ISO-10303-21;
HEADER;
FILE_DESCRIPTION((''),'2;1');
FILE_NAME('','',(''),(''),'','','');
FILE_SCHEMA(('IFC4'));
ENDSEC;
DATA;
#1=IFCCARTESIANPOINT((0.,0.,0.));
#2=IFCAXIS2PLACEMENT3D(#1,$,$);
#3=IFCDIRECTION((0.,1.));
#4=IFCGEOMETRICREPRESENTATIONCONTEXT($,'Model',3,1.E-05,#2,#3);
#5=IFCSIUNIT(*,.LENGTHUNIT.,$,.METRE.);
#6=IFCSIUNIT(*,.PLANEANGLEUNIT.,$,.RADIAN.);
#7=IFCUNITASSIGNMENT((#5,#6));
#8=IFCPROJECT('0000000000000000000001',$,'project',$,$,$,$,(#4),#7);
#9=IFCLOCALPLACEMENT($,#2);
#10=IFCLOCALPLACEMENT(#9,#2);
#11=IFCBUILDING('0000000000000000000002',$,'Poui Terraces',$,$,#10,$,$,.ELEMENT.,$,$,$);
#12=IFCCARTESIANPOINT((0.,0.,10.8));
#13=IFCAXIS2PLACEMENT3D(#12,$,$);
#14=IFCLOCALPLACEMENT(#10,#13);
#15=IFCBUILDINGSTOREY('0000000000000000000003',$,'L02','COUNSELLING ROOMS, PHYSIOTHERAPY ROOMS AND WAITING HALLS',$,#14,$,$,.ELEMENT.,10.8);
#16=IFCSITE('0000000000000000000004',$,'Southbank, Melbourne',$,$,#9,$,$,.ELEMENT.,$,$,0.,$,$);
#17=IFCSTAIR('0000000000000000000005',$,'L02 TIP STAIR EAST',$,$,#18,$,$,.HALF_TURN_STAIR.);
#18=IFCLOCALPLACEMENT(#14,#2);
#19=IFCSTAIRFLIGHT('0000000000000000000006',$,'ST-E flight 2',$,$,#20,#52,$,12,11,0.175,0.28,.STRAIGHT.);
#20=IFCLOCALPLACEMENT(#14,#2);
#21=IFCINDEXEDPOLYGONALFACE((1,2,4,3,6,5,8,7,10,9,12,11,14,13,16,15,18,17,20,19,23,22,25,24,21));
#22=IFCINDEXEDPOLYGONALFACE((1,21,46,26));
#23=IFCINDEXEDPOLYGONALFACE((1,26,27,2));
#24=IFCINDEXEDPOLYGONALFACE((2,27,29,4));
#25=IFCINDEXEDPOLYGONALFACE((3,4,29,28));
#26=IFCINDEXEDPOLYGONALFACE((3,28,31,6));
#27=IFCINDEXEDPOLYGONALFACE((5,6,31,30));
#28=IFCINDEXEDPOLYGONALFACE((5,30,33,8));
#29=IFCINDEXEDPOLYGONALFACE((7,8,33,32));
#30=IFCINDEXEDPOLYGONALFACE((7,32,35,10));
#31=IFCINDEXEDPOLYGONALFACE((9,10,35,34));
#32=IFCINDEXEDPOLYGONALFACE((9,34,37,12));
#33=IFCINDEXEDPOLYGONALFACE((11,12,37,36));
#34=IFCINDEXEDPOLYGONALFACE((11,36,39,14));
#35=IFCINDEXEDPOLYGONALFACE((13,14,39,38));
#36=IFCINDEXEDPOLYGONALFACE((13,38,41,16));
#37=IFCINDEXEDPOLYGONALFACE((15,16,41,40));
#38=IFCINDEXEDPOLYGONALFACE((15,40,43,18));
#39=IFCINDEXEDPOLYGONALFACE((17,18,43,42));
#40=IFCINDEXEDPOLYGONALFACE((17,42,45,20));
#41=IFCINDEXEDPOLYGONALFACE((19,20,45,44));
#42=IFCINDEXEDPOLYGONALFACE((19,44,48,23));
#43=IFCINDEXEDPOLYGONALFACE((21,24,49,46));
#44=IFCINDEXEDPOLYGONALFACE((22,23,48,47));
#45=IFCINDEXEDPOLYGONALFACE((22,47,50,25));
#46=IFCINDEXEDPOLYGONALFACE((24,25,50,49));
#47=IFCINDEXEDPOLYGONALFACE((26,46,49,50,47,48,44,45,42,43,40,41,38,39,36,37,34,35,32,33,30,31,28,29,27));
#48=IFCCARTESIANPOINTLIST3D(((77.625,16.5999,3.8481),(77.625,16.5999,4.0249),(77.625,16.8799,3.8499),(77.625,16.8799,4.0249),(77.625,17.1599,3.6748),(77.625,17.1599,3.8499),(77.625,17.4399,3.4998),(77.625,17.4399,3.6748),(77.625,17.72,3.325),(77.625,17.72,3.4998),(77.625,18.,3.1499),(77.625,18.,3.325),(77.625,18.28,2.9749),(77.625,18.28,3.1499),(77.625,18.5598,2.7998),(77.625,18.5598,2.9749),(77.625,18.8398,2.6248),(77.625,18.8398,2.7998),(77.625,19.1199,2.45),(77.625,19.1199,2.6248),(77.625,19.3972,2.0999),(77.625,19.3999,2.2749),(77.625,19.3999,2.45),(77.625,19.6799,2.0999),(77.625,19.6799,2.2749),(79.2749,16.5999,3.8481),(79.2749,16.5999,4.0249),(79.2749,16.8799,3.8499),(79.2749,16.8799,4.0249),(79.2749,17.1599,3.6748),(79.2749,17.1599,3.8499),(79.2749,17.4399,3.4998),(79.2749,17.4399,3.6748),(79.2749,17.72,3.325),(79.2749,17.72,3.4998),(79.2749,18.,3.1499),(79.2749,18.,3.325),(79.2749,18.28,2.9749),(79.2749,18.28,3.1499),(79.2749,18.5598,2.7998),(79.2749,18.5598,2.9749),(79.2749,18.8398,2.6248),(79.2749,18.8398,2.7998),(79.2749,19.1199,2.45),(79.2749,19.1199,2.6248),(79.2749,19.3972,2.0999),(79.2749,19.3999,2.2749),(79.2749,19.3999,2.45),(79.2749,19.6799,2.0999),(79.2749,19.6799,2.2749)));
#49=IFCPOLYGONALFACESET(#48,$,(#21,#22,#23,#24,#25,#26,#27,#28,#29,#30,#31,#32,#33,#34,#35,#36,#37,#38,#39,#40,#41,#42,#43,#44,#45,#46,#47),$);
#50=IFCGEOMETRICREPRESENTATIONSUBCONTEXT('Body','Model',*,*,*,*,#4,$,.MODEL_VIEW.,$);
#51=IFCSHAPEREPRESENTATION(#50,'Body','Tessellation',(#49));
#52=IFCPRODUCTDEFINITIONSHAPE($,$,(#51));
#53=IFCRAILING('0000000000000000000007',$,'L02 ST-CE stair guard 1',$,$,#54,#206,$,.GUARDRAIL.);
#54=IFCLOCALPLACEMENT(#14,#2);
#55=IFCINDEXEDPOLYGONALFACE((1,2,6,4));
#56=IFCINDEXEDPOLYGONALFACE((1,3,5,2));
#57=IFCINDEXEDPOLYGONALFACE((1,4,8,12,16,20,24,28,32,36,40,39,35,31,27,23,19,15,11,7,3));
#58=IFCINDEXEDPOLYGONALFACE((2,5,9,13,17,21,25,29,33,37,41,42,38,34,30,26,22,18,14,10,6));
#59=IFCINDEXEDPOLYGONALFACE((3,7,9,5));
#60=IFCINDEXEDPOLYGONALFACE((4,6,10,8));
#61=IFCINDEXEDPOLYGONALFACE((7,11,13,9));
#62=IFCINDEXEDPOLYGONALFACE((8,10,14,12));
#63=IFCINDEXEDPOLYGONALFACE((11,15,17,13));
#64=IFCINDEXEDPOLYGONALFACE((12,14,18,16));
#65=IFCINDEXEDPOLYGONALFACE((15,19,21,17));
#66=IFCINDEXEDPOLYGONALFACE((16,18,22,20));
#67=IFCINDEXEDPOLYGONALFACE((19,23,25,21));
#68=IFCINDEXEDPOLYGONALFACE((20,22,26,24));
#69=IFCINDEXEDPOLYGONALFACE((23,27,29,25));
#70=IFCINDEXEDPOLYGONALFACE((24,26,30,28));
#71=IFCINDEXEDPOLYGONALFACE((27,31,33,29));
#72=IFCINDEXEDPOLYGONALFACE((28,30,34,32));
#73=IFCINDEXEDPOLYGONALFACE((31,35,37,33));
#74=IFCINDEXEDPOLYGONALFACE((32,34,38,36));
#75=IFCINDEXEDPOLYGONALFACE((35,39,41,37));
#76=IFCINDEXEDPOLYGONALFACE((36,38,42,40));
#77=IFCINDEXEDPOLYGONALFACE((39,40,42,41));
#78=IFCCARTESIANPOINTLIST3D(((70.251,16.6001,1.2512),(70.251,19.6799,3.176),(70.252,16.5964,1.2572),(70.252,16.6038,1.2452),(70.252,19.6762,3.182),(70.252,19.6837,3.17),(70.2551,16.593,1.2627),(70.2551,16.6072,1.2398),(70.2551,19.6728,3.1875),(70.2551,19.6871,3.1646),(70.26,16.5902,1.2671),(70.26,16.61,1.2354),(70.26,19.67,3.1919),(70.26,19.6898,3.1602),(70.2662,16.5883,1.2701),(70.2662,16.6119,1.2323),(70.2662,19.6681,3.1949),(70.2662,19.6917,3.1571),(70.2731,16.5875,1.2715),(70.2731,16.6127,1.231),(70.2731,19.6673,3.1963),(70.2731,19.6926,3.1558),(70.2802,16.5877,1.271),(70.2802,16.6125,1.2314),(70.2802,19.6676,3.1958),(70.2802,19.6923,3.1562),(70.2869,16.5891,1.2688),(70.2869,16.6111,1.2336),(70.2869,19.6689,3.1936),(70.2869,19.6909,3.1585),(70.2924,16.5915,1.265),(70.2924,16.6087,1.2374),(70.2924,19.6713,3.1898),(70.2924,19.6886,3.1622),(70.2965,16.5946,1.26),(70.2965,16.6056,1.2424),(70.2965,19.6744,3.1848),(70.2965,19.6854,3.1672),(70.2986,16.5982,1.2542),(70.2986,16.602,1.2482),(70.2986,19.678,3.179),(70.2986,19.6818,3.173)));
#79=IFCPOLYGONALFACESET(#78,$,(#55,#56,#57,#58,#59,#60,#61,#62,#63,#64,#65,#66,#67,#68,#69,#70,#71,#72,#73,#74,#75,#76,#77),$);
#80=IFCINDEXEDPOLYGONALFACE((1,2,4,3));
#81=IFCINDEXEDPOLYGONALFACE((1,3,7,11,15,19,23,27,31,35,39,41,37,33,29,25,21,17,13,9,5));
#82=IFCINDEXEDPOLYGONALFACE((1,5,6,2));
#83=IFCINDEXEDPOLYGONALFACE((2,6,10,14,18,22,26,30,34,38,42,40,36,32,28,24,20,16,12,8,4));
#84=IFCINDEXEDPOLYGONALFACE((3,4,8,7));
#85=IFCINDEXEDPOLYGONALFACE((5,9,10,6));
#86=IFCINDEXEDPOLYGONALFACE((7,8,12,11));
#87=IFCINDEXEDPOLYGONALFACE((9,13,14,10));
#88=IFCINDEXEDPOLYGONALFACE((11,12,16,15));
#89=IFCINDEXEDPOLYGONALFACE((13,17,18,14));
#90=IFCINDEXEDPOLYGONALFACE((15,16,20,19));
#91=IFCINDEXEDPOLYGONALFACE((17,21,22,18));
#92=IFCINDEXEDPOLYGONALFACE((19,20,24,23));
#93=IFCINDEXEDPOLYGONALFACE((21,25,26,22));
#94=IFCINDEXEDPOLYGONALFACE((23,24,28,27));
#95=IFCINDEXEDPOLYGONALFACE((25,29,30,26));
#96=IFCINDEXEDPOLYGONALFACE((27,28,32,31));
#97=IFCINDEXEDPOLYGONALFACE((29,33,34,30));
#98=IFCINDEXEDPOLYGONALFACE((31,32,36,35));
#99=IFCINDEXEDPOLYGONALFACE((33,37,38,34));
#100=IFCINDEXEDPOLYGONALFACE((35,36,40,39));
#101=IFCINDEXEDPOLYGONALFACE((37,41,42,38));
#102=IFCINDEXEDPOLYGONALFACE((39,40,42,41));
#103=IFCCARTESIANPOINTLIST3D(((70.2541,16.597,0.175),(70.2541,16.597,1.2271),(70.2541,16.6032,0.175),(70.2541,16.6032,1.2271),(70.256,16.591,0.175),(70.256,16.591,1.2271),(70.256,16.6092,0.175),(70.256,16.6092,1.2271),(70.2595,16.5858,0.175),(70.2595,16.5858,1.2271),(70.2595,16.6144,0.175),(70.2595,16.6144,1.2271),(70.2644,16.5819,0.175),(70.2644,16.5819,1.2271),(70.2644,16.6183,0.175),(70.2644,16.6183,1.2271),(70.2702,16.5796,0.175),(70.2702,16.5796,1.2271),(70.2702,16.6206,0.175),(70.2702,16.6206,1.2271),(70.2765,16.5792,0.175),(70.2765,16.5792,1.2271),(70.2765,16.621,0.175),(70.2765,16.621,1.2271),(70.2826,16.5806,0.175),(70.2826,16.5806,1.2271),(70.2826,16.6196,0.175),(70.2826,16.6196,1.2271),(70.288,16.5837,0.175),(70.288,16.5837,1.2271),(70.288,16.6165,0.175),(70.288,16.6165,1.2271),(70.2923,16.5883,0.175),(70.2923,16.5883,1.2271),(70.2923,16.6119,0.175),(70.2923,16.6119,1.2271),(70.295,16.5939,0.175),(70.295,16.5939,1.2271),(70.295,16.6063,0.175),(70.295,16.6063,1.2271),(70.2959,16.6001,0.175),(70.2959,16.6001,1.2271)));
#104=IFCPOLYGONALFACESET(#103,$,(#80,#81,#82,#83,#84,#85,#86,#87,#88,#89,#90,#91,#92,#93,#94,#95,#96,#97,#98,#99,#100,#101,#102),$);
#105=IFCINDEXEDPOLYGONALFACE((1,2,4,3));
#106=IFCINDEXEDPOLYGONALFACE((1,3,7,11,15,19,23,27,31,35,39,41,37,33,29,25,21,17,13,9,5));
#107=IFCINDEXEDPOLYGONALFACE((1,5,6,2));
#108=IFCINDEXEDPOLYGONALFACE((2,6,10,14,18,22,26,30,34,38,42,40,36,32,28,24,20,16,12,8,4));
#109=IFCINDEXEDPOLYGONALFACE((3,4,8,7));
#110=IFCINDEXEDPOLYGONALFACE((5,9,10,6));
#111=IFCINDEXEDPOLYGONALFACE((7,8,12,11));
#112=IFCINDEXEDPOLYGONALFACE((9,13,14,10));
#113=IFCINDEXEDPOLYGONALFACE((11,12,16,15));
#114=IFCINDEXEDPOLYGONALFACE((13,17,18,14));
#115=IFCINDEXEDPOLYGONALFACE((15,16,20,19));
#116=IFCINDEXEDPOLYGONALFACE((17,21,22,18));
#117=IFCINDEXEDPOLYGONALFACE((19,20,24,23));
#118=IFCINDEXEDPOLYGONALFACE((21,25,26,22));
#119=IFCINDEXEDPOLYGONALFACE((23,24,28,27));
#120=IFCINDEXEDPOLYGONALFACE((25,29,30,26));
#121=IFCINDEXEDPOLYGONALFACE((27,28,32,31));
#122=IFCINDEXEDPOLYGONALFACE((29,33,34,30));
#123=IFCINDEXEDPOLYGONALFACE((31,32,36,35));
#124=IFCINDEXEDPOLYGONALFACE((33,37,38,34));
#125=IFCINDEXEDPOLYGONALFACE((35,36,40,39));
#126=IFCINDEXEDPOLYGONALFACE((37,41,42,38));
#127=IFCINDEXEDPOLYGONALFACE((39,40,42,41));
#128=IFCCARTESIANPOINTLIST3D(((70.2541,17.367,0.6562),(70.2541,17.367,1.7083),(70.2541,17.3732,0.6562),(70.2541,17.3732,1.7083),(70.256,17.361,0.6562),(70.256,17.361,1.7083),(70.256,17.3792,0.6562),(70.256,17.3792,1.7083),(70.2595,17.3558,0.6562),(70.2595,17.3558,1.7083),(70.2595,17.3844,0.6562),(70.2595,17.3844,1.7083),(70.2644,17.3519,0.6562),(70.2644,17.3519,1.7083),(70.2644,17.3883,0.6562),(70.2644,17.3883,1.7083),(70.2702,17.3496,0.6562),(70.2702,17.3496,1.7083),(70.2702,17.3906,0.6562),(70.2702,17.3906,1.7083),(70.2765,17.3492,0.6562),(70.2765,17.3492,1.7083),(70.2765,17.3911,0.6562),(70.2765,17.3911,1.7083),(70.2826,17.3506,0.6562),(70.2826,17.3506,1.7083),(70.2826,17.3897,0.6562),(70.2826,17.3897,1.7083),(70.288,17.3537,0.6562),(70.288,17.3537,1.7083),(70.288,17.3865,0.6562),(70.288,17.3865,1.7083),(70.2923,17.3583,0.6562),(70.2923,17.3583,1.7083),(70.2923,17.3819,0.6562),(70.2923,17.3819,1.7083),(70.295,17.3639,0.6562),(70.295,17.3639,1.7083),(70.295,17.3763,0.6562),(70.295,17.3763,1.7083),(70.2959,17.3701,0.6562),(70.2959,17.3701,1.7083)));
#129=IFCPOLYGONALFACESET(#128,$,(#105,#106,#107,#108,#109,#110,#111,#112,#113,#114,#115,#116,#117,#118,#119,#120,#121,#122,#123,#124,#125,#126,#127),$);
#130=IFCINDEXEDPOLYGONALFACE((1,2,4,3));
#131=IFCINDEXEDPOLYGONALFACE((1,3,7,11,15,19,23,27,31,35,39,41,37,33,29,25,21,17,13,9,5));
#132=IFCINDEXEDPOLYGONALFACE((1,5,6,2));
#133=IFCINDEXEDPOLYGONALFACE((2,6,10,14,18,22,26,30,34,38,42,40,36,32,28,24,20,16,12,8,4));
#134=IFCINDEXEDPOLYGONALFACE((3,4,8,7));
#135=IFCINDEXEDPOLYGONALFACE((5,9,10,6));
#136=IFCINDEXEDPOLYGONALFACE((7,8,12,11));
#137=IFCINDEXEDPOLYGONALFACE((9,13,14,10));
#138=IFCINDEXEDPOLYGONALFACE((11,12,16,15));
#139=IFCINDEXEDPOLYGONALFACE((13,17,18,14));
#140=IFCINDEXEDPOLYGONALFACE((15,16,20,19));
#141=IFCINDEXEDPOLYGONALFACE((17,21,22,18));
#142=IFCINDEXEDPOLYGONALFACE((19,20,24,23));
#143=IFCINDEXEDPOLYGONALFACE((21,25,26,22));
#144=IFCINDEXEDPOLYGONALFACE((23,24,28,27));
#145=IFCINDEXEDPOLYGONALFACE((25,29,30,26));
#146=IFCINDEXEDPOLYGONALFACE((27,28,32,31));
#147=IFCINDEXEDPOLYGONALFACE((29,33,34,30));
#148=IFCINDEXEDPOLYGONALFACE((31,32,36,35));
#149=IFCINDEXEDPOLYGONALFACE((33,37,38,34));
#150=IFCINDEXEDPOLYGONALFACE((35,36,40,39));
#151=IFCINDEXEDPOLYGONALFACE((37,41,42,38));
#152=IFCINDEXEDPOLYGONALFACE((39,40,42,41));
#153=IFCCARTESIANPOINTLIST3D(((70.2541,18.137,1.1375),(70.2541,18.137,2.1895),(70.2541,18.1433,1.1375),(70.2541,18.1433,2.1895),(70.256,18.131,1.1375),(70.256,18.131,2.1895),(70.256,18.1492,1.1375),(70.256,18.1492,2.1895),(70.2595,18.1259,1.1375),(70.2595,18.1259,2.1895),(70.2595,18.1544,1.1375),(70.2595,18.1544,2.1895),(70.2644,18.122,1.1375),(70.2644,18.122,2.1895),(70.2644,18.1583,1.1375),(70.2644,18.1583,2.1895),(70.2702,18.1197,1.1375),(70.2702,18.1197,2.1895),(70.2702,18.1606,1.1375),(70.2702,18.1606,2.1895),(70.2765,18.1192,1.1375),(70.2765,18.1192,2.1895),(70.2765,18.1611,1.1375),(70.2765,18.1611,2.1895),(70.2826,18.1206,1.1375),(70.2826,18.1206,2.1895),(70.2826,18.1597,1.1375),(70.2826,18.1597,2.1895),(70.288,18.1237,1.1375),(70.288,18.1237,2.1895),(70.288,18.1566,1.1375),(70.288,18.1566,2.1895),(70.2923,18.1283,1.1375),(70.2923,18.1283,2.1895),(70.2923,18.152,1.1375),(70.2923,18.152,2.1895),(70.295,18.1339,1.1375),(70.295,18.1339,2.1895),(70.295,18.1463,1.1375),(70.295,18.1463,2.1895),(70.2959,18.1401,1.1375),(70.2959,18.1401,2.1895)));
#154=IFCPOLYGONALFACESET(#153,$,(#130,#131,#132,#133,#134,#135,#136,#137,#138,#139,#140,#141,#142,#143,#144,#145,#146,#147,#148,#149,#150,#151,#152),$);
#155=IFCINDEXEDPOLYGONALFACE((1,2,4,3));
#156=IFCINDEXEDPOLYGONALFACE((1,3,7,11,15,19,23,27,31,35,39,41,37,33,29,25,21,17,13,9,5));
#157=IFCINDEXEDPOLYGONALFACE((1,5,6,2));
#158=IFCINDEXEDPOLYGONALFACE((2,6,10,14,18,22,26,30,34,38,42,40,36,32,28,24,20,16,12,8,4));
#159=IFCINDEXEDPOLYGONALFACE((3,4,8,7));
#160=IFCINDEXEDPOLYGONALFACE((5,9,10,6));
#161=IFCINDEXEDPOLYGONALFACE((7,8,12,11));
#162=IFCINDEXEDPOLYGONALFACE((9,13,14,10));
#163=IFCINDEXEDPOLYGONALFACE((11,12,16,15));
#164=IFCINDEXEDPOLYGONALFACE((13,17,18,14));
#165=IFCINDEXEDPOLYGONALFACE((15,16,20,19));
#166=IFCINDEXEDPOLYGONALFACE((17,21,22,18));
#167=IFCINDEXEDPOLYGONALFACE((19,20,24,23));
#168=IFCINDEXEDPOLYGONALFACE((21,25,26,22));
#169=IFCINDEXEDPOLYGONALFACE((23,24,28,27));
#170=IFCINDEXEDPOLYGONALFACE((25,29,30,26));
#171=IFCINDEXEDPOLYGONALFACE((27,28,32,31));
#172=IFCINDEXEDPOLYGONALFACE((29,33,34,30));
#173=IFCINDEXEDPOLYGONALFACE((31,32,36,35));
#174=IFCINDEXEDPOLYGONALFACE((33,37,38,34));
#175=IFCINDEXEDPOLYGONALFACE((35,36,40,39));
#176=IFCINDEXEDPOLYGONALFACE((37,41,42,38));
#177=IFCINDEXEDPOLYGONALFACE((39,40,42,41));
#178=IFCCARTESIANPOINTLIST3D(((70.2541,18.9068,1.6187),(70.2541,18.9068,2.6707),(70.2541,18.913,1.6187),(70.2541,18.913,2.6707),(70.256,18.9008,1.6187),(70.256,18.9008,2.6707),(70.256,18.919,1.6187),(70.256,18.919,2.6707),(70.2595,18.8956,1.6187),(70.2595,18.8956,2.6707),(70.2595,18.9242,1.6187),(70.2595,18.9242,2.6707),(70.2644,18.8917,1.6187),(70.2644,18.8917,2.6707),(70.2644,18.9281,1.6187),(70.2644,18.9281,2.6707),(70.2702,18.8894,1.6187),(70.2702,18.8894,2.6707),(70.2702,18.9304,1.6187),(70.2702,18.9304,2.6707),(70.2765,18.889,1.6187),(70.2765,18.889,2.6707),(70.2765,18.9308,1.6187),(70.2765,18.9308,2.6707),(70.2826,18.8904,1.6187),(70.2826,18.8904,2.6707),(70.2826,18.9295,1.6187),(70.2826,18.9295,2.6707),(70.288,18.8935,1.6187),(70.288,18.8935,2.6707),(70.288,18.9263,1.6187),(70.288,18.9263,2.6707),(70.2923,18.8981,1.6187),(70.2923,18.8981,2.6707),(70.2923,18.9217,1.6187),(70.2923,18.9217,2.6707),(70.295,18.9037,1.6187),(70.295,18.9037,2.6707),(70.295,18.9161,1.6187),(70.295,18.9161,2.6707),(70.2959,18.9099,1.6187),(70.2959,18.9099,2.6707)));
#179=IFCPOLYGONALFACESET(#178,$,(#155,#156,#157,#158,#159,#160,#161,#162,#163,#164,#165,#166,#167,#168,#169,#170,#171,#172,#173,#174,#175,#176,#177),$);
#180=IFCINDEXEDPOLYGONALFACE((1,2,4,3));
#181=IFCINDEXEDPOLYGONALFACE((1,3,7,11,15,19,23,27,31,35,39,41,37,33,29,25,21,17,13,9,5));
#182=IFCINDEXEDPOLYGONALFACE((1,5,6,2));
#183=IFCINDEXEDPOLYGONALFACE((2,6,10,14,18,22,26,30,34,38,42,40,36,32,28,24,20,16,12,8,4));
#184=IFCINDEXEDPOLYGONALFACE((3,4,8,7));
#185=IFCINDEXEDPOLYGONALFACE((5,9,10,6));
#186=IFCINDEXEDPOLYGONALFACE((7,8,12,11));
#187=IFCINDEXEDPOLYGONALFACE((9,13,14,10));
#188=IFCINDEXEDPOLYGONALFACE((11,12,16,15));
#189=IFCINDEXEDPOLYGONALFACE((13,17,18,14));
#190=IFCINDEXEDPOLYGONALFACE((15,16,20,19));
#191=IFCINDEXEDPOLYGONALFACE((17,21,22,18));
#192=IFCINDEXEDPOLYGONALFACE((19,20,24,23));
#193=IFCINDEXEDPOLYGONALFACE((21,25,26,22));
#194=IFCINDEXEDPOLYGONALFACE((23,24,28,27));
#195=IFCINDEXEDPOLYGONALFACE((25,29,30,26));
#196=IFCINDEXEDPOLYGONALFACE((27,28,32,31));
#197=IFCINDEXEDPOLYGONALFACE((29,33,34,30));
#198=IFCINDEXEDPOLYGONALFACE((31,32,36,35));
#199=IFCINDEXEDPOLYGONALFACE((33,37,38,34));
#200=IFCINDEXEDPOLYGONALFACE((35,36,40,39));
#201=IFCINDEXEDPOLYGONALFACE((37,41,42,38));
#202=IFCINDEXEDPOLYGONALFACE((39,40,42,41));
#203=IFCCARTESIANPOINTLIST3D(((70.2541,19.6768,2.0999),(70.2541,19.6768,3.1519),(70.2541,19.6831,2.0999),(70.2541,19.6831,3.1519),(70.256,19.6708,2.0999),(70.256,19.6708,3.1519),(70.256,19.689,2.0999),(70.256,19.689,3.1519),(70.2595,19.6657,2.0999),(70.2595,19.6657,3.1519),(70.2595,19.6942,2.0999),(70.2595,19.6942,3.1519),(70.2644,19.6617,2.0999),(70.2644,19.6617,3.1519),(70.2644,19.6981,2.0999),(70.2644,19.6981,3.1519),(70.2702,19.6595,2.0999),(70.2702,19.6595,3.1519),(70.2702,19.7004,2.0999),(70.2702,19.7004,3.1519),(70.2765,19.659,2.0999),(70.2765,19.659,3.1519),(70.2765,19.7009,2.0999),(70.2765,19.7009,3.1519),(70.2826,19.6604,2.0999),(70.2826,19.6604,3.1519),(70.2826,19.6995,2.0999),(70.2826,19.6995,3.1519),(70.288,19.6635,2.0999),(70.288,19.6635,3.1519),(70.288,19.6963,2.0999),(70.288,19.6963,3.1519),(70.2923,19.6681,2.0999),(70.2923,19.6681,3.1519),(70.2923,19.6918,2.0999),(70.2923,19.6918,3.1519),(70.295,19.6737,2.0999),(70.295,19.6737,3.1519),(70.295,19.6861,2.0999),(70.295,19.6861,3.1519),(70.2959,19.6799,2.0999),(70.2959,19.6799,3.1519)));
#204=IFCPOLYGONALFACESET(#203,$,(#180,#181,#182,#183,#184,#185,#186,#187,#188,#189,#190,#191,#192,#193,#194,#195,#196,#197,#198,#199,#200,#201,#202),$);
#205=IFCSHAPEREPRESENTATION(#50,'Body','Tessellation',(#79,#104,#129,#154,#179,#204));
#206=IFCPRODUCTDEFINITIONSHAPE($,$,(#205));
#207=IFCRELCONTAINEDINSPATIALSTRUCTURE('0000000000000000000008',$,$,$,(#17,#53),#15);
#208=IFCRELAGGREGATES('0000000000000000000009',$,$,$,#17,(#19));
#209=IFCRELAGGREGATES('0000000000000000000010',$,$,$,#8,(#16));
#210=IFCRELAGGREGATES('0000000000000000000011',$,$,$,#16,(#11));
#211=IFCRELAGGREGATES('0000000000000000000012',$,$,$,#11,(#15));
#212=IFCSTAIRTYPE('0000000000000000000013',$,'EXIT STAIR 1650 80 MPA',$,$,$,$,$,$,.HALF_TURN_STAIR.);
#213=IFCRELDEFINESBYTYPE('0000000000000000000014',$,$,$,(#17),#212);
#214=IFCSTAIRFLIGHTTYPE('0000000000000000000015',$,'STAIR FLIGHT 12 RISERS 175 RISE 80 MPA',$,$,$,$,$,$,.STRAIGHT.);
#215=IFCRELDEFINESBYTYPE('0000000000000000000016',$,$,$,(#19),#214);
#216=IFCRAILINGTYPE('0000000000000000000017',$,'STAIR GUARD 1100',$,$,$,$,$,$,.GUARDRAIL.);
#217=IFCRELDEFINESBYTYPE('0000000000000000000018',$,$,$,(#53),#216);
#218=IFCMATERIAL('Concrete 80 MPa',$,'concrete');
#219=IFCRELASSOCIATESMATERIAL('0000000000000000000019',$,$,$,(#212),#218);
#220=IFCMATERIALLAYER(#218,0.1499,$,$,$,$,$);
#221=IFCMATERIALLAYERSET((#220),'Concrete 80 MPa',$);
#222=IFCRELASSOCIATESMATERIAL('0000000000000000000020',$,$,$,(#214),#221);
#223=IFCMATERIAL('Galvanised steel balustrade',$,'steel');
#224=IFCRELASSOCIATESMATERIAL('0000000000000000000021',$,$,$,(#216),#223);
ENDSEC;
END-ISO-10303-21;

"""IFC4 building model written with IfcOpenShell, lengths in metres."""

from ifc_helpers import new_model, si_unit, direction, frame, origin, origin_2d, place, context, subcontext, project, spatial, polyline, circle, outline, extrude, material, layer, layer_set, type_object, element, aggregate, save


model = new_model("IFC4")

# Units and contexts
model_context = context("Model", 3, precision=1e-05, world=origin(), true_north=direction((0.0, 1.0)))
body_context = subcontext(model_context, "Body", "Model", "MODEL_VIEW")
ifc_project = project(units=[si_unit("LENGTHUNIT", "METRE"), si_unit("PLANEANGLEUNIT", "RADIAN")], contexts=[model_context])

# Site, building, storey
site_placement = place(None, origin())
site = spatial("IfcSite", under=ifc_project, at=site_placement, Name="Southbank, Melbourne", CompositionType="ELEMENT", RefElevation=0.0)
building_placement = place(site_placement, origin())
building = spatial("IfcBuilding", under=site, at=building_placement, Name="Poui Terraces", CompositionType="ELEMENT")
storey_placement = place(building_placement, frame((0.0, 0.0, 10.8)))
storey = spatial("IfcBuildingStorey", under=building, at=storey_placement, Name="L02", Description="COUNSELLING ROOMS, PHYSIOTHERAPY ROOMS AND WAITING HALLS", CompositionType="ELEMENT", Elevation=10.8)

# Shared definitions
ifc_material_1 = material(Name="Concrete 80 MPa", Category="concrete")

# Stair, stair flight
stair_type = type_object("IfcStairType", Name="EXIT STAIR 1650 80 MPA", PredefinedType="HALF_TURN_STAIR", material=ifc_material_1)
ifc_layer_1 = layer(ifc_material_1, 0.1499)
ifc_layer_set_1 = layer_set([ifc_layer_1], Name="Concrete 80 MPa")
stair_flight_type = type_object("IfcStairFlightType", Name="STAIR FLIGHT 12 RISERS 175 RISE 80 MPA", PredefinedType="STRAIGHT", material=ifc_layer_set_1)
stair_1_placement = place(storey_placement, origin())
stair_1 = element("IfcStair", 1, at=stair_1_placement, inside=storey, type_object=stair_type, Name="L02 TIP STAIR EAST", PredefinedType="HALF_TURN_STAIR")
stair_flight_1_placement = place(storey_placement, frame((78.45, 19.6799, 2.0999), z_axis=(0.0, 0.0, 1.0), x_axis=(0.0, -1.0, 0.0)))
stair_flight_1 = element("IfcStairFlight", 2, at=stair_flight_1_placement, type_object=stair_flight_type, Name="ST-E flight 2", NumberOfRisers=12, NumberOfTreads=11, PredefinedType="STRAIGHT", RiserHeight=0.175, TreadLength=0.28, context=body_context, shape_type="SweptSolid", body=[
    extrude(outline(polyline([(0.0, 0.0), (0.0, 0.175), (0.28, 0.175), (0.28, 0.3501), (0.5601, 0.3501), (0.5601, 0.5249), (0.8401, 0.5249), (0.8401, 0.7), (1.1201, 0.7), (1.1201, 0.875), (1.3999, 0.875), (1.3999, 1.05), (1.6799, 1.05), (1.6799, 1.2251), (1.96, 1.2251), (1.96, 1.3999), (2.24, 1.3999), (2.24, 1.575), (2.52, 1.575), (2.52, 1.75), (2.8, 1.75), (2.8, 1.925), (3.0801, 1.925), (3.0801, 2.1001), (3.0801, 1.7483), (0.2827, 0.0), (0.0, 0.0)])), frame((0.0, 0.825, 0.0), z_axis=(0.0, -1.0, 0.0), x_axis=(1.0, 0.0, 0.0)), (0.0, 0.0, 1.0), 1.6499),
])
aggregate(stair_1, [stair_flight_1])

# Railing
ifc_material_2 = material(Name="Galvanised steel balustrade", Category="steel")
railing_type_1 = type_object("IfcRailingType", Name="STAIR GUARD 1100", PredefinedType="GUARDRAIL", material=ifc_material_2)
railing_1_placement = place(storey_placement, frame((70.2749, 16.6001, 0.175)))
element("IfcRailing", 3, at=railing_1_placement, inside=storey, type_object=railing_type_1, Name="L02 ST-CE stair guard 1", PredefinedType="GUARDRAIL", context=body_context, shape_type="SweptSolid", body=[
    extrude(circle(Radius=0.0239, at=origin_2d()), frame((0.0, 0.0, 1.0762), z_axis=(0.0, 0.84801, 0.529981), x_axis=(-1.0, 0.0, 0.0)), (0.0, 0.0, 1.0), 3.6318),
    extrude(circle(Radius=0.021, at=origin_2d()), origin(), (0.0, 0.0, 1.0), 1.052),
    extrude(circle(Radius=0.021, at=origin_2d()), frame((0.0, 0.77, 0.4812)), (0.0, 0.0, 1.0), 1.052),
    extrude(circle(Radius=0.021, at=origin_2d()), frame((0.0, 1.54, 0.9624)), (0.0, 0.0, 1.0), 1.052),
    extrude(circle(Radius=0.021, at=origin_2d()), frame((0.0, 2.3098, 1.4436)), (0.0, 0.0, 1.0), 1.052),
    extrude(circle(Radius=0.021, at=origin_2d()), frame((0.0, 3.0798, 1.9248)), (0.0, 0.0, 1.0), 1.052),
])

save(model, "model.ifc")
